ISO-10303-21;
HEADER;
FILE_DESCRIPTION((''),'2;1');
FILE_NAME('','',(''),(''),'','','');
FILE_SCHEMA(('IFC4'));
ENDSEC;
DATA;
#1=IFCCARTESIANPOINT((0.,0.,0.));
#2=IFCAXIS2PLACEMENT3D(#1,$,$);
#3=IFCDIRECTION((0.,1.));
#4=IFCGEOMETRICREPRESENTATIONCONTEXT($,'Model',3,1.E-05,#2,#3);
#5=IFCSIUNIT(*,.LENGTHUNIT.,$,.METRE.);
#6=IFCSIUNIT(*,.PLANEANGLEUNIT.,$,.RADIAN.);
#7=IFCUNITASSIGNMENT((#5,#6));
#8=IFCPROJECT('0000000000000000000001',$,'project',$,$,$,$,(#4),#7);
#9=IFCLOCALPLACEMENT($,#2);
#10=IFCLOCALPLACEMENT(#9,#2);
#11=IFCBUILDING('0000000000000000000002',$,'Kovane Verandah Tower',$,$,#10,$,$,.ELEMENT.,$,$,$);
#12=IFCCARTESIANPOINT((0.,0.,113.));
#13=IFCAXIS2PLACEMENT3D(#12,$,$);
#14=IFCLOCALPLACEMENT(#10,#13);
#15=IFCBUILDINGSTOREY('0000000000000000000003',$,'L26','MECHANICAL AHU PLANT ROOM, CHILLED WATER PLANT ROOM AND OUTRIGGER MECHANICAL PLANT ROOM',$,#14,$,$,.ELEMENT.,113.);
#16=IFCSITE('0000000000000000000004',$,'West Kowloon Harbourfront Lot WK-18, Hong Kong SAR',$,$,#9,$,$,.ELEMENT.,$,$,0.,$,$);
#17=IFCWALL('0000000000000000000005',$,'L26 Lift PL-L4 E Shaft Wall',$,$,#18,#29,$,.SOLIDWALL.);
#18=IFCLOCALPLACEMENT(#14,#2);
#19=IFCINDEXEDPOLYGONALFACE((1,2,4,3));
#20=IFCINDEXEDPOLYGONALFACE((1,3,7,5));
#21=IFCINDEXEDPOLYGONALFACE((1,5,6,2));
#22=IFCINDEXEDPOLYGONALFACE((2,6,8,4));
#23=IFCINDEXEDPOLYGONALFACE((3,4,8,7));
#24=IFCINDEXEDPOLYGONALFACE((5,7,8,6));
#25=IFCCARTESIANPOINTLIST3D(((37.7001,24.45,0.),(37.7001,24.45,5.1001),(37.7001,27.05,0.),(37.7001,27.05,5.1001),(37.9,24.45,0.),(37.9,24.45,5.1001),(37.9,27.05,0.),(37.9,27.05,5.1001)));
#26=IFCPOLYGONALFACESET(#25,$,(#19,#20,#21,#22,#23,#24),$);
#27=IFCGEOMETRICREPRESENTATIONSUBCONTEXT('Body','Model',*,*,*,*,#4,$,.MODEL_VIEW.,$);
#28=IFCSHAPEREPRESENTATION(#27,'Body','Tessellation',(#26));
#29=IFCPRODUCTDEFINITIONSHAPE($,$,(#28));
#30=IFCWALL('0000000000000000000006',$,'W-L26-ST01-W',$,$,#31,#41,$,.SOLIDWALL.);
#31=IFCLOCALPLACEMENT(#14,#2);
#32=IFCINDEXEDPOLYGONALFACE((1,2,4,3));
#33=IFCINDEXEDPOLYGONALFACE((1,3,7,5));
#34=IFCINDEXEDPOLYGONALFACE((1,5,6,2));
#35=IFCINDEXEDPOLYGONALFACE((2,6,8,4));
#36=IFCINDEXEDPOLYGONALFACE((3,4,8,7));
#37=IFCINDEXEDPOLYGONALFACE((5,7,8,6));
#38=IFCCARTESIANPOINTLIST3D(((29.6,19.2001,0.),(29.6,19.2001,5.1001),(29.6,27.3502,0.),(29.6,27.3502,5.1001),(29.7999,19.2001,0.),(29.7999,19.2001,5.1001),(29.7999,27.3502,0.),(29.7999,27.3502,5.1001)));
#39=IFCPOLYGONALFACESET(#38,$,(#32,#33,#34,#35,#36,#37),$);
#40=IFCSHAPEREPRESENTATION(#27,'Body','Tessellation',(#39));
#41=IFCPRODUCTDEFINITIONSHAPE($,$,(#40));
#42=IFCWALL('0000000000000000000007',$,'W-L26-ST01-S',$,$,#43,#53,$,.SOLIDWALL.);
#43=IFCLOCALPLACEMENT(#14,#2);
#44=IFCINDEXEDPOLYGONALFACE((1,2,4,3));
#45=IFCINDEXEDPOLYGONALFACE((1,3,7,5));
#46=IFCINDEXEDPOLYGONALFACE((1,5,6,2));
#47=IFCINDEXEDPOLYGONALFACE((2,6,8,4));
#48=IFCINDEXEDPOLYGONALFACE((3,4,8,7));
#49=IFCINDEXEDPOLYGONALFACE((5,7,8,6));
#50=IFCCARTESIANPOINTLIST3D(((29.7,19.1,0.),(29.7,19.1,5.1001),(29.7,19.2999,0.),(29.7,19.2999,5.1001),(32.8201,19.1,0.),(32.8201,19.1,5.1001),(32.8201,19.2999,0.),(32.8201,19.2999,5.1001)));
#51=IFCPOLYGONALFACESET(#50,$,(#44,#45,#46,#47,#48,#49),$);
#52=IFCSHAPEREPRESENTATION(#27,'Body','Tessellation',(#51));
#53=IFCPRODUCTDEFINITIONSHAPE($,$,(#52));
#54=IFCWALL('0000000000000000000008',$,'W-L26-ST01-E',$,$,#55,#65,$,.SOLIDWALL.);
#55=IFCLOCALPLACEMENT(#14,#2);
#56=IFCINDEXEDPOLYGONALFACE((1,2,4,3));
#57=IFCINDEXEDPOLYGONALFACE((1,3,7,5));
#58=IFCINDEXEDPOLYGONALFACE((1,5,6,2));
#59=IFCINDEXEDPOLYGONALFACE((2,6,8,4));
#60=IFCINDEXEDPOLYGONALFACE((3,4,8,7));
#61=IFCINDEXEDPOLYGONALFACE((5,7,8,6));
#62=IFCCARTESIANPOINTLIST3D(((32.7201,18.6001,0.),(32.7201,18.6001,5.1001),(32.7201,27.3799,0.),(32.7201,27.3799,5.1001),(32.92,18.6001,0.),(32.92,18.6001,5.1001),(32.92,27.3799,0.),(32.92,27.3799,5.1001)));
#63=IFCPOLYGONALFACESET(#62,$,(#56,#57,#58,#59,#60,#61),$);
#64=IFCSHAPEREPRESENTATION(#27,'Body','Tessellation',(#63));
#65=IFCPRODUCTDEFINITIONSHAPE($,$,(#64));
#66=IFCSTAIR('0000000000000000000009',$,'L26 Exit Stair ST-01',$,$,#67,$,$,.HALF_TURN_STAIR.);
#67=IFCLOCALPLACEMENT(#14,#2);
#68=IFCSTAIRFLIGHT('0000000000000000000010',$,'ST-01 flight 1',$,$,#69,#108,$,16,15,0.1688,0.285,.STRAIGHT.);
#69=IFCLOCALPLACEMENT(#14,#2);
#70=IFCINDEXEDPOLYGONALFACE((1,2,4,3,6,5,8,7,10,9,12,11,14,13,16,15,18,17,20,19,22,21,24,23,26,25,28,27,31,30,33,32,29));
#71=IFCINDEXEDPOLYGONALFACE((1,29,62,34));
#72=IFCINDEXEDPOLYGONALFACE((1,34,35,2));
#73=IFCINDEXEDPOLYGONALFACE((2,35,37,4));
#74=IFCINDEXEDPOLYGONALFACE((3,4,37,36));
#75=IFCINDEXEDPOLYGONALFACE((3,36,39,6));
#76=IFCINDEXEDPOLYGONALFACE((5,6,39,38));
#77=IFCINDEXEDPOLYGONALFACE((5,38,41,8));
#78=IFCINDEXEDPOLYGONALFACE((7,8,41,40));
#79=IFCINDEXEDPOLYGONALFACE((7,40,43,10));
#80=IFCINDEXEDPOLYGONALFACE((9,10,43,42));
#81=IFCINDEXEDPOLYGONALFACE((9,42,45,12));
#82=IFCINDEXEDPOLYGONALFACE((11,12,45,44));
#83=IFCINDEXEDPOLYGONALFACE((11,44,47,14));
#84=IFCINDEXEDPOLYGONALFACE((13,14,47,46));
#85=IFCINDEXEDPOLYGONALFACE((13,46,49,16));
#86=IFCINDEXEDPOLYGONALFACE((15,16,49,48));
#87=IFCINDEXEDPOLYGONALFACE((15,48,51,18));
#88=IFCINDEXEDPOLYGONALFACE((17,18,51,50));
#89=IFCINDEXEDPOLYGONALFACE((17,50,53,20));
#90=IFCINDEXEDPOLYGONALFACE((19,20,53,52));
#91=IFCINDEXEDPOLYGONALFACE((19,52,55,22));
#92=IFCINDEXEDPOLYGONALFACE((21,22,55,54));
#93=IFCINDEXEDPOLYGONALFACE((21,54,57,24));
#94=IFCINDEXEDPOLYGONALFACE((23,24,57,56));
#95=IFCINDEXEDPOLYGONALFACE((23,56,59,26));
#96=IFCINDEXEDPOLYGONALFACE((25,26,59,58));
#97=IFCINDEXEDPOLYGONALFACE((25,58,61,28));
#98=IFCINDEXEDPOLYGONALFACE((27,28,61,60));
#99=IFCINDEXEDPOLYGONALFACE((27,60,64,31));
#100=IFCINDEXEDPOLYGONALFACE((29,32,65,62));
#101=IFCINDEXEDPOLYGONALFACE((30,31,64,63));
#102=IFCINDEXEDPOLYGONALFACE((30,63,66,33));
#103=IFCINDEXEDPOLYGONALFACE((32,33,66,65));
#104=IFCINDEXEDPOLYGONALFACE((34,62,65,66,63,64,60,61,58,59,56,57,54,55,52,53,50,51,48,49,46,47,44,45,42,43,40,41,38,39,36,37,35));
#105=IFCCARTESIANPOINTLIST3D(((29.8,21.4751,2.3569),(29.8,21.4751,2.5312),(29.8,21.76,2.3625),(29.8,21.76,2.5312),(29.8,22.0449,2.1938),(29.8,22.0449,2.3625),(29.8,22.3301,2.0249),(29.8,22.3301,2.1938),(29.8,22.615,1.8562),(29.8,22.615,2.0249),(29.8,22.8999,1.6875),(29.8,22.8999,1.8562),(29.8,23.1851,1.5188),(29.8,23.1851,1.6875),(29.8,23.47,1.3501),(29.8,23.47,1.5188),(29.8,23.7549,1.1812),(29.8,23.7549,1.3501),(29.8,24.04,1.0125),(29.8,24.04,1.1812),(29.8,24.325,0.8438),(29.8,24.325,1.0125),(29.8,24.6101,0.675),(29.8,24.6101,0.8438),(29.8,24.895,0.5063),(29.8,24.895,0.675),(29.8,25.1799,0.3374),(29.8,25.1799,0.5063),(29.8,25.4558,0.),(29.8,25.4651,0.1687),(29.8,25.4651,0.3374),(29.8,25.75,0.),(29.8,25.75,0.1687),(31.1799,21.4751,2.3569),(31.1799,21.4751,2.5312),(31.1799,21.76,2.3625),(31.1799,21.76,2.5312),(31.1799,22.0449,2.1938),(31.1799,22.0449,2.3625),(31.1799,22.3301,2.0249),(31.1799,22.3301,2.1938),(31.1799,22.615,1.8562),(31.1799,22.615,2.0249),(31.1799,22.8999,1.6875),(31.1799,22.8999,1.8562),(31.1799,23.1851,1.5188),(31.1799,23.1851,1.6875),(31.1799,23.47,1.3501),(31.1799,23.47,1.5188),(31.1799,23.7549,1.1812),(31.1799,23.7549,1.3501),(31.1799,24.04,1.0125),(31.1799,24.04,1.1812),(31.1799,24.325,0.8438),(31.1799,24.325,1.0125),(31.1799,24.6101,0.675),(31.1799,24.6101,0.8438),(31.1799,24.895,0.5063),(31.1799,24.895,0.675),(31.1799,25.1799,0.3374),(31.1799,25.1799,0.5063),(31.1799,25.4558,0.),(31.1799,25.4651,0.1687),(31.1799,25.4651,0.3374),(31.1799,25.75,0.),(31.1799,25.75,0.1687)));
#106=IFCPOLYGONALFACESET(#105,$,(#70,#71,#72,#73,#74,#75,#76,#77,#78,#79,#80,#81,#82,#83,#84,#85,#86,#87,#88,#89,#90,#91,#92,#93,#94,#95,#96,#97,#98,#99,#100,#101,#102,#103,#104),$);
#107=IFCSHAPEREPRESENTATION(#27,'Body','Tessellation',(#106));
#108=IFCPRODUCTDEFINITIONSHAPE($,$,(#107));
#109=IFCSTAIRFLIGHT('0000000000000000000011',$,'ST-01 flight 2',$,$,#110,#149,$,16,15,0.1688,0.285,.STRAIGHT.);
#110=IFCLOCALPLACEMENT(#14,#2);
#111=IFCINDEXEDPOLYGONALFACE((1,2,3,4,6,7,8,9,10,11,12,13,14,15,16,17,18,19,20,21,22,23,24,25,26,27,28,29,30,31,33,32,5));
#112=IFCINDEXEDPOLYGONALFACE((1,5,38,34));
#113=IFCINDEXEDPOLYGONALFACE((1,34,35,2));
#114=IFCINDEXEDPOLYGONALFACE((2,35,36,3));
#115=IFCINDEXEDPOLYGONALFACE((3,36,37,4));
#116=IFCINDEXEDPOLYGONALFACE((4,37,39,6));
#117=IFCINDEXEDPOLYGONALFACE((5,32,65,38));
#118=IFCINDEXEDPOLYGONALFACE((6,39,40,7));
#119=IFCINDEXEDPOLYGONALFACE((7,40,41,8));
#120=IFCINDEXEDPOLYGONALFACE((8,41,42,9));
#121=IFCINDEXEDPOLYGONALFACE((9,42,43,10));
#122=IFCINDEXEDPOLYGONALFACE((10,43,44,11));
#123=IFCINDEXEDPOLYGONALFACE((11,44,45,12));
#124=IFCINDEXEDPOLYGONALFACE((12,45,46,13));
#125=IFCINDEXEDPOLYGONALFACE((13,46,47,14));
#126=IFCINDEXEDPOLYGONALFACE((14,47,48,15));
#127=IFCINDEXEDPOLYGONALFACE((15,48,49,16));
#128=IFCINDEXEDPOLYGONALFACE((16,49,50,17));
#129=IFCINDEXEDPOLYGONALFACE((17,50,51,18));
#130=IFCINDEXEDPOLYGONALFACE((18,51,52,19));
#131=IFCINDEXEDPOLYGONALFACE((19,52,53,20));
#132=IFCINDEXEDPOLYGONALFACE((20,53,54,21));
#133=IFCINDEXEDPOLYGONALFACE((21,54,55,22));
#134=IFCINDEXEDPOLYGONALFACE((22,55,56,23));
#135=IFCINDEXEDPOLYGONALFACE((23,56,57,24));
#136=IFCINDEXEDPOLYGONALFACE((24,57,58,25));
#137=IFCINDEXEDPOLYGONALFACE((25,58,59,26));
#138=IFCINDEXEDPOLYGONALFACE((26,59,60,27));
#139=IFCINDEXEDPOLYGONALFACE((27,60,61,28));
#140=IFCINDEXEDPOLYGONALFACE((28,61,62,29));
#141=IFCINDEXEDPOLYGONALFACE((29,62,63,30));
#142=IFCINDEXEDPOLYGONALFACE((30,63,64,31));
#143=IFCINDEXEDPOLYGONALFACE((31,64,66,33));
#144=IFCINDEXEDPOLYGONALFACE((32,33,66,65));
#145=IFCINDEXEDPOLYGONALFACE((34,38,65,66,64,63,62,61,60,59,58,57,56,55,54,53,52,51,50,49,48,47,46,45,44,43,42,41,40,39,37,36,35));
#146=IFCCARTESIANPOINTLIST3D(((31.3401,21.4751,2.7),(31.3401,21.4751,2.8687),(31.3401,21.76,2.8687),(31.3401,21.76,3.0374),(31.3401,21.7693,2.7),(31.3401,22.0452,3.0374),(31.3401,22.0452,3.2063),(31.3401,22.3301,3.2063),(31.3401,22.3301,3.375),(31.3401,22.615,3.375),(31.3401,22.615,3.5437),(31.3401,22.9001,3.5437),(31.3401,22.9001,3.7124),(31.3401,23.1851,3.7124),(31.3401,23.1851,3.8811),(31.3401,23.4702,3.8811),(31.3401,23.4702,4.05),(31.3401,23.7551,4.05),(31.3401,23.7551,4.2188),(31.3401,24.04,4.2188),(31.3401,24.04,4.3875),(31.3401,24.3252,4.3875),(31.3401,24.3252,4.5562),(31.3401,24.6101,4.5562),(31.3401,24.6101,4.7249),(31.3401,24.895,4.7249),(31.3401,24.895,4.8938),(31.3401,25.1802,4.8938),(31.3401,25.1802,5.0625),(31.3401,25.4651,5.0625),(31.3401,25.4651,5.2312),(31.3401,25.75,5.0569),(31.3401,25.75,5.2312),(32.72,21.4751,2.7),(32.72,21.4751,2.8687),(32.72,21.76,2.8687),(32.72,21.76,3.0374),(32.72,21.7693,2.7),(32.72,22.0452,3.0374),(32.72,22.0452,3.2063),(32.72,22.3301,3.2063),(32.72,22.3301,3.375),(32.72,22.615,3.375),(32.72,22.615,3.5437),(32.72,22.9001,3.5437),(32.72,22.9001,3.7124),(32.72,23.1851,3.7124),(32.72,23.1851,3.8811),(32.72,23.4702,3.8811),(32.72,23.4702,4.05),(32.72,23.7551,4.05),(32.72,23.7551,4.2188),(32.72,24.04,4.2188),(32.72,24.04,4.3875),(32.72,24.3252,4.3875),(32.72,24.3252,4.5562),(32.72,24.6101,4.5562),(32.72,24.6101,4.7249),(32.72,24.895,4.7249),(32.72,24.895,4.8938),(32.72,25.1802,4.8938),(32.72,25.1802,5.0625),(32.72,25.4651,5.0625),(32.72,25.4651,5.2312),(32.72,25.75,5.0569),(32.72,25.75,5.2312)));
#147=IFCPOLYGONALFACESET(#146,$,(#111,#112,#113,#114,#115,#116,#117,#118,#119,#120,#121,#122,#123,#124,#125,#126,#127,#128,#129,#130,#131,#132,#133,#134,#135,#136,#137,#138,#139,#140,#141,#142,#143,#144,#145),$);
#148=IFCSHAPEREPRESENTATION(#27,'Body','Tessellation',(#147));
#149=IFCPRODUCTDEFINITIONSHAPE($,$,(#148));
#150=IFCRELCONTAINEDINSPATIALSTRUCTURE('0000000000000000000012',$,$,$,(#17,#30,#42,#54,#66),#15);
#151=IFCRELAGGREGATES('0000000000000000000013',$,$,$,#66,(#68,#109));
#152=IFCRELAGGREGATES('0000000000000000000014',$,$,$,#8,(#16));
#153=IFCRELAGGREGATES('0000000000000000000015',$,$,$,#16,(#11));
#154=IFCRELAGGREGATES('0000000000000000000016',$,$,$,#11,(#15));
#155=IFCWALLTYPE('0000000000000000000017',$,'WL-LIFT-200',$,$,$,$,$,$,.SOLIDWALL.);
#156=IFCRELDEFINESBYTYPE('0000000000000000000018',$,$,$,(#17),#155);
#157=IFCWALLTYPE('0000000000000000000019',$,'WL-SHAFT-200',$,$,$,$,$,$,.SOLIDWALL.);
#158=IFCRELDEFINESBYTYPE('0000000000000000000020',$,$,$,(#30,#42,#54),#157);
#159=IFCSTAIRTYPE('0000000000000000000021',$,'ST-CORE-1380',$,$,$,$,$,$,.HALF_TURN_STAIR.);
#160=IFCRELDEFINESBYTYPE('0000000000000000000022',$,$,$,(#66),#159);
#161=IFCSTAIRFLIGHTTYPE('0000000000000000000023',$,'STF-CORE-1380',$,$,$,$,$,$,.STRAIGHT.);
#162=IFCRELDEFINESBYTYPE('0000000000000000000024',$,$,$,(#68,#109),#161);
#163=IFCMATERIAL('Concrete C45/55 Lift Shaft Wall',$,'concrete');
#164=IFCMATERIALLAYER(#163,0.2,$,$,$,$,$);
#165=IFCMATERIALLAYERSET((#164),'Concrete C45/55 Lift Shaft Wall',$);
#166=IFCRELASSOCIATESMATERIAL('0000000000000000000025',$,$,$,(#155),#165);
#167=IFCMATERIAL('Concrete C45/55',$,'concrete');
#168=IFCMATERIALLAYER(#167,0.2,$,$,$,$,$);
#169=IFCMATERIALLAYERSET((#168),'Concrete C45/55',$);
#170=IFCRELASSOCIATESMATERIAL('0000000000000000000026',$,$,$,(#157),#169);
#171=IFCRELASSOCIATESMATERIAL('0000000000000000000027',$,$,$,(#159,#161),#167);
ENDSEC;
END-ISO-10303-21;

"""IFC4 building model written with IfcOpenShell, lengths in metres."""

from ifc_helpers import new_model, si_unit, direction, frame, frame_2d, origin, place, context, subcontext, project, spatial, polyline, rectangle, outline, extrude, material, layer, layer_set, type_object, element, aggregate, save


model = new_model("IFC4")

# Units and contexts
model_context = context("Model", 3, precision=1e-05, world=origin(), true_north=direction((0.0, 1.0)))
body_context = subcontext(model_context, "Body", "Model", "MODEL_VIEW")
ifc_project = project(units=[si_unit("LENGTHUNIT", "METRE"), si_unit("PLANEANGLEUNIT", "RADIAN")], contexts=[model_context])

# Site, building, storey
site_placement = place(None, origin())
site = spatial("IfcSite", under=ifc_project, at=site_placement, Name="West Kowloon Harbourfront Lot WK-18, Hong Kong SAR", CompositionType="ELEMENT", RefElevation=0.0)
building_placement = place(site_placement, origin())
building = spatial("IfcBuilding", under=site, at=building_placement, Name="Kovane Verandah Tower", CompositionType="ELEMENT")
storey_placement = place(building_placement, frame((0.0, 0.0, 113.0)))
storey = spatial("IfcBuildingStorey", under=building, at=storey_placement, Name="L26", Description="MECHANICAL AHU PLANT ROOM, CHILLED WATER PLANT ROOM AND OUTRIGGER MECHANICAL PLANT ROOM", CompositionType="ELEMENT", Elevation=113.0)

# Shared definitions
ifc_material_1 = material(Name="Concrete C45/55 Lift Shaft Wall", Category="concrete")
ifc_layer_1 = layer(ifc_material_1, 0.2)
ifc_layer_set_1 = layer_set([ifc_layer_1], Name="Concrete C45/55 Lift Shaft Wall")
wall_type_1 = type_object("IfcWallType", Name="WL-LIFT-200", PredefinedType="SOLIDWALL", material=ifc_layer_set_1)

# Walls
wall_1_placement = place(storey_placement, frame((37.8, 24.45, 0.0), z_axis=(0.0, 0.0, 1.0), x_axis=(0.0, 1.0, 0.0)))
element("IfcWall", 1, at=wall_1_placement, inside=storey, type_object=wall_type_1, Name="L26 Lift PL-L4 E Shaft Wall", PredefinedType="SOLIDWALL", context=body_context, shape_type="SweptSolid", body=[
    extrude(rectangle(XDim=2.6001, YDim=0.2, at=frame_2d((1.3, 0.0))), origin(), (0.0, 0.0, 1.0), 5.1001),
])
ifc_material_2 = material(Name="Concrete C45/55", Category="concrete")
ifc_layer_2 = layer(ifc_material_2, 0.2)
ifc_layer_set_2 = layer_set([ifc_layer_2], Name="Concrete C45/55")
wall_type_2 = type_object("IfcWallType", Name="WL-SHAFT-200", PredefinedType="SOLIDWALL", material=ifc_layer_set_2)
wall_2_placement = place(storey_placement, frame((29.7, 19.2, 0.0), z_axis=(0.0, 0.0, 1.0), x_axis=(0.0, 1.0, 0.0)))
element("IfcWall", 2, at=wall_2_placement, inside=storey, type_object=wall_type_2, Name="W-L26-ST01-W", PredefinedType="SOLIDWALL", context=body_context, shape_type="SweptSolid", body=[
    extrude(rectangle(XDim=8.1501, YDim=0.2, at=frame_2d((4.0752, 0.0))), origin(), (0.0, 0.0, 1.0), 5.1001),
])
wall_3_placement = place(storey_placement, frame((29.7, 19.2, 0.0), z_axis=(0.0, 0.0, 1.0), x_axis=(1.0, 0.0, 0.0)))
element("IfcWall", 3, at=wall_3_placement, inside=storey, type_object=wall_type_2, Name="W-L26-ST01-S", PredefinedType="SOLIDWALL", context=body_context, shape_type="SweptSolid", body=[
    extrude(rectangle(XDim=3.1201, YDim=0.2, at=frame_2d((1.5601, 0.0))), origin(), (0.0, 0.0, 1.0), 5.1001),
])
wall_4_placement = place(storey_placement, frame((32.8201, 18.6001, 0.0), z_axis=(0.0, 0.0, 1.0), x_axis=(0.0, 1.0, 0.0)))
element("IfcWall", 4, at=wall_4_placement, inside=storey, type_object=wall_type_2, Name="W-L26-ST01-E", PredefinedType="SOLIDWALL", context=body_context, shape_type="SweptSolid", body=[
    extrude(rectangle(XDim=8.7798, YDim=0.2, at=frame_2d((4.3899, 0.0))), origin(), (0.0, 0.0, 1.0), 5.1001),
])

# Stair, stair flights
stair_type = type_object("IfcStairType", Name="ST-CORE-1380", PredefinedType="HALF_TURN_STAIR", material=ifc_material_2)
stair_placement = place(storey_placement, origin())
stair = element("IfcStair", 5, at=stair_placement, inside=storey, type_object=stair_type, Name="L26 Exit Stair ST-01", PredefinedType="HALF_TURN_STAIR")
stair_flight_type = type_object("IfcStairFlightType", Name="STF-CORE-1380", PredefinedType="STRAIGHT", material=ifc_material_2)
stair_flight_1_placement = place(storey_placement, frame((30.49, 25.75, 0.0), z_axis=(0.0, 0.0, 1.0), x_axis=(0.0, -1.0, 0.0)))
stair_flight_1 = element("IfcStairFlight", 6, at=stair_flight_1_placement, type_object=stair_flight_type, Name="ST-01 flight 1", NumberOfRisers=16, NumberOfTreads=15, PredefinedType="STRAIGHT", RiserHeight=0.1688, TreadLength=0.285, context=body_context, shape_type="SweptSolid", body=[
    extrude(outline(polyline([(0.0, 0.0), (0.0, 0.1687), (0.2849, 0.1687), (0.2849, 0.3374), (0.5701, 0.3374), (0.5701, 0.5063), (0.855, 0.5063), (0.855, 0.675), (1.1399, 0.675), (1.1399, 0.8438), (1.425, 0.8438), (1.425, 1.0125), (1.71, 1.0125), (1.71, 1.1812), (1.9951, 1.1812), (1.9951, 1.3501), (2.28, 1.3501), (2.28, 1.5188), (2.5649, 1.5188), (2.5649, 1.6875), (2.8501, 1.6875), (2.8501, 1.8562), (3.135, 1.8562), (3.135, 2.0249), (3.4199, 2.0249), (3.4199, 2.1938), (3.7051, 2.1938), (3.7051, 2.3625), (3.99, 2.3625), (3.99, 2.5312), (4.2749, 2.5312), (4.2749, 2.7), (4.2749, 2.3569), (0.2942, 0.0), (0.0, 0.0)])), frame((0.0, 0.6899, 0.0), z_axis=(0.0, -1.0, 0.0), x_axis=(1.0, 0.0, 0.0)), (0.0, 0.0, 1.0), 1.3799),
])
stair_flight_2_placement = place(storey_placement, frame((32.03, 21.4751, 2.7), z_axis=(0.0, 0.0, 1.0), x_axis=(0.0, 1.0, 0.0)))
stair_flight_2 = element("IfcStairFlight", 7, at=stair_flight_2_placement, type_object=stair_flight_type, Name="ST-01 flight 2", NumberOfRisers=16, NumberOfTreads=15, PredefinedType="STRAIGHT", RiserHeight=0.1688, TreadLength=0.285, context=body_context, shape_type="SweptSolid", body=[
    extrude(outline(polyline([(0.0, 0.0), (0.0, 0.1687), (0.2849, 0.1687), (0.2849, 0.3374), (0.5701, 0.3374), (0.5701, 0.5063), (0.855, 0.5063), (0.855, 0.675), (1.1399, 0.675), (1.1399, 0.8438), (1.425, 0.8438), (1.425, 1.0125), (1.71, 1.0125), (1.71, 1.1812), (1.9951, 1.1812), (1.9951, 1.3501), (2.28, 1.3501), (2.28, 1.5188), (2.5649, 1.5188), (2.5649, 1.6875), (2.8501, 1.6875), (2.8501, 1.8562), (3.135, 1.8562), (3.135, 2.0249), (3.4199, 2.0249), (3.4199, 2.1938), (3.7051, 2.1938), (3.7051, 2.3625), (3.99, 2.3625), (3.99, 2.5312), (4.2749, 2.5312), (4.2749, 2.7), (4.2749, 2.3569), (0.2942, 0.0), (0.0, 0.0)])), frame((0.0, 0.6899, 0.0), z_axis=(0.0, -1.0, 0.0), x_axis=(1.0, 0.0, 0.0)), (0.0, 0.0, 1.0), 1.3799),
])
aggregate(stair, [stair_flight_1, stair_flight_2])

save(model, "model.ifc")
